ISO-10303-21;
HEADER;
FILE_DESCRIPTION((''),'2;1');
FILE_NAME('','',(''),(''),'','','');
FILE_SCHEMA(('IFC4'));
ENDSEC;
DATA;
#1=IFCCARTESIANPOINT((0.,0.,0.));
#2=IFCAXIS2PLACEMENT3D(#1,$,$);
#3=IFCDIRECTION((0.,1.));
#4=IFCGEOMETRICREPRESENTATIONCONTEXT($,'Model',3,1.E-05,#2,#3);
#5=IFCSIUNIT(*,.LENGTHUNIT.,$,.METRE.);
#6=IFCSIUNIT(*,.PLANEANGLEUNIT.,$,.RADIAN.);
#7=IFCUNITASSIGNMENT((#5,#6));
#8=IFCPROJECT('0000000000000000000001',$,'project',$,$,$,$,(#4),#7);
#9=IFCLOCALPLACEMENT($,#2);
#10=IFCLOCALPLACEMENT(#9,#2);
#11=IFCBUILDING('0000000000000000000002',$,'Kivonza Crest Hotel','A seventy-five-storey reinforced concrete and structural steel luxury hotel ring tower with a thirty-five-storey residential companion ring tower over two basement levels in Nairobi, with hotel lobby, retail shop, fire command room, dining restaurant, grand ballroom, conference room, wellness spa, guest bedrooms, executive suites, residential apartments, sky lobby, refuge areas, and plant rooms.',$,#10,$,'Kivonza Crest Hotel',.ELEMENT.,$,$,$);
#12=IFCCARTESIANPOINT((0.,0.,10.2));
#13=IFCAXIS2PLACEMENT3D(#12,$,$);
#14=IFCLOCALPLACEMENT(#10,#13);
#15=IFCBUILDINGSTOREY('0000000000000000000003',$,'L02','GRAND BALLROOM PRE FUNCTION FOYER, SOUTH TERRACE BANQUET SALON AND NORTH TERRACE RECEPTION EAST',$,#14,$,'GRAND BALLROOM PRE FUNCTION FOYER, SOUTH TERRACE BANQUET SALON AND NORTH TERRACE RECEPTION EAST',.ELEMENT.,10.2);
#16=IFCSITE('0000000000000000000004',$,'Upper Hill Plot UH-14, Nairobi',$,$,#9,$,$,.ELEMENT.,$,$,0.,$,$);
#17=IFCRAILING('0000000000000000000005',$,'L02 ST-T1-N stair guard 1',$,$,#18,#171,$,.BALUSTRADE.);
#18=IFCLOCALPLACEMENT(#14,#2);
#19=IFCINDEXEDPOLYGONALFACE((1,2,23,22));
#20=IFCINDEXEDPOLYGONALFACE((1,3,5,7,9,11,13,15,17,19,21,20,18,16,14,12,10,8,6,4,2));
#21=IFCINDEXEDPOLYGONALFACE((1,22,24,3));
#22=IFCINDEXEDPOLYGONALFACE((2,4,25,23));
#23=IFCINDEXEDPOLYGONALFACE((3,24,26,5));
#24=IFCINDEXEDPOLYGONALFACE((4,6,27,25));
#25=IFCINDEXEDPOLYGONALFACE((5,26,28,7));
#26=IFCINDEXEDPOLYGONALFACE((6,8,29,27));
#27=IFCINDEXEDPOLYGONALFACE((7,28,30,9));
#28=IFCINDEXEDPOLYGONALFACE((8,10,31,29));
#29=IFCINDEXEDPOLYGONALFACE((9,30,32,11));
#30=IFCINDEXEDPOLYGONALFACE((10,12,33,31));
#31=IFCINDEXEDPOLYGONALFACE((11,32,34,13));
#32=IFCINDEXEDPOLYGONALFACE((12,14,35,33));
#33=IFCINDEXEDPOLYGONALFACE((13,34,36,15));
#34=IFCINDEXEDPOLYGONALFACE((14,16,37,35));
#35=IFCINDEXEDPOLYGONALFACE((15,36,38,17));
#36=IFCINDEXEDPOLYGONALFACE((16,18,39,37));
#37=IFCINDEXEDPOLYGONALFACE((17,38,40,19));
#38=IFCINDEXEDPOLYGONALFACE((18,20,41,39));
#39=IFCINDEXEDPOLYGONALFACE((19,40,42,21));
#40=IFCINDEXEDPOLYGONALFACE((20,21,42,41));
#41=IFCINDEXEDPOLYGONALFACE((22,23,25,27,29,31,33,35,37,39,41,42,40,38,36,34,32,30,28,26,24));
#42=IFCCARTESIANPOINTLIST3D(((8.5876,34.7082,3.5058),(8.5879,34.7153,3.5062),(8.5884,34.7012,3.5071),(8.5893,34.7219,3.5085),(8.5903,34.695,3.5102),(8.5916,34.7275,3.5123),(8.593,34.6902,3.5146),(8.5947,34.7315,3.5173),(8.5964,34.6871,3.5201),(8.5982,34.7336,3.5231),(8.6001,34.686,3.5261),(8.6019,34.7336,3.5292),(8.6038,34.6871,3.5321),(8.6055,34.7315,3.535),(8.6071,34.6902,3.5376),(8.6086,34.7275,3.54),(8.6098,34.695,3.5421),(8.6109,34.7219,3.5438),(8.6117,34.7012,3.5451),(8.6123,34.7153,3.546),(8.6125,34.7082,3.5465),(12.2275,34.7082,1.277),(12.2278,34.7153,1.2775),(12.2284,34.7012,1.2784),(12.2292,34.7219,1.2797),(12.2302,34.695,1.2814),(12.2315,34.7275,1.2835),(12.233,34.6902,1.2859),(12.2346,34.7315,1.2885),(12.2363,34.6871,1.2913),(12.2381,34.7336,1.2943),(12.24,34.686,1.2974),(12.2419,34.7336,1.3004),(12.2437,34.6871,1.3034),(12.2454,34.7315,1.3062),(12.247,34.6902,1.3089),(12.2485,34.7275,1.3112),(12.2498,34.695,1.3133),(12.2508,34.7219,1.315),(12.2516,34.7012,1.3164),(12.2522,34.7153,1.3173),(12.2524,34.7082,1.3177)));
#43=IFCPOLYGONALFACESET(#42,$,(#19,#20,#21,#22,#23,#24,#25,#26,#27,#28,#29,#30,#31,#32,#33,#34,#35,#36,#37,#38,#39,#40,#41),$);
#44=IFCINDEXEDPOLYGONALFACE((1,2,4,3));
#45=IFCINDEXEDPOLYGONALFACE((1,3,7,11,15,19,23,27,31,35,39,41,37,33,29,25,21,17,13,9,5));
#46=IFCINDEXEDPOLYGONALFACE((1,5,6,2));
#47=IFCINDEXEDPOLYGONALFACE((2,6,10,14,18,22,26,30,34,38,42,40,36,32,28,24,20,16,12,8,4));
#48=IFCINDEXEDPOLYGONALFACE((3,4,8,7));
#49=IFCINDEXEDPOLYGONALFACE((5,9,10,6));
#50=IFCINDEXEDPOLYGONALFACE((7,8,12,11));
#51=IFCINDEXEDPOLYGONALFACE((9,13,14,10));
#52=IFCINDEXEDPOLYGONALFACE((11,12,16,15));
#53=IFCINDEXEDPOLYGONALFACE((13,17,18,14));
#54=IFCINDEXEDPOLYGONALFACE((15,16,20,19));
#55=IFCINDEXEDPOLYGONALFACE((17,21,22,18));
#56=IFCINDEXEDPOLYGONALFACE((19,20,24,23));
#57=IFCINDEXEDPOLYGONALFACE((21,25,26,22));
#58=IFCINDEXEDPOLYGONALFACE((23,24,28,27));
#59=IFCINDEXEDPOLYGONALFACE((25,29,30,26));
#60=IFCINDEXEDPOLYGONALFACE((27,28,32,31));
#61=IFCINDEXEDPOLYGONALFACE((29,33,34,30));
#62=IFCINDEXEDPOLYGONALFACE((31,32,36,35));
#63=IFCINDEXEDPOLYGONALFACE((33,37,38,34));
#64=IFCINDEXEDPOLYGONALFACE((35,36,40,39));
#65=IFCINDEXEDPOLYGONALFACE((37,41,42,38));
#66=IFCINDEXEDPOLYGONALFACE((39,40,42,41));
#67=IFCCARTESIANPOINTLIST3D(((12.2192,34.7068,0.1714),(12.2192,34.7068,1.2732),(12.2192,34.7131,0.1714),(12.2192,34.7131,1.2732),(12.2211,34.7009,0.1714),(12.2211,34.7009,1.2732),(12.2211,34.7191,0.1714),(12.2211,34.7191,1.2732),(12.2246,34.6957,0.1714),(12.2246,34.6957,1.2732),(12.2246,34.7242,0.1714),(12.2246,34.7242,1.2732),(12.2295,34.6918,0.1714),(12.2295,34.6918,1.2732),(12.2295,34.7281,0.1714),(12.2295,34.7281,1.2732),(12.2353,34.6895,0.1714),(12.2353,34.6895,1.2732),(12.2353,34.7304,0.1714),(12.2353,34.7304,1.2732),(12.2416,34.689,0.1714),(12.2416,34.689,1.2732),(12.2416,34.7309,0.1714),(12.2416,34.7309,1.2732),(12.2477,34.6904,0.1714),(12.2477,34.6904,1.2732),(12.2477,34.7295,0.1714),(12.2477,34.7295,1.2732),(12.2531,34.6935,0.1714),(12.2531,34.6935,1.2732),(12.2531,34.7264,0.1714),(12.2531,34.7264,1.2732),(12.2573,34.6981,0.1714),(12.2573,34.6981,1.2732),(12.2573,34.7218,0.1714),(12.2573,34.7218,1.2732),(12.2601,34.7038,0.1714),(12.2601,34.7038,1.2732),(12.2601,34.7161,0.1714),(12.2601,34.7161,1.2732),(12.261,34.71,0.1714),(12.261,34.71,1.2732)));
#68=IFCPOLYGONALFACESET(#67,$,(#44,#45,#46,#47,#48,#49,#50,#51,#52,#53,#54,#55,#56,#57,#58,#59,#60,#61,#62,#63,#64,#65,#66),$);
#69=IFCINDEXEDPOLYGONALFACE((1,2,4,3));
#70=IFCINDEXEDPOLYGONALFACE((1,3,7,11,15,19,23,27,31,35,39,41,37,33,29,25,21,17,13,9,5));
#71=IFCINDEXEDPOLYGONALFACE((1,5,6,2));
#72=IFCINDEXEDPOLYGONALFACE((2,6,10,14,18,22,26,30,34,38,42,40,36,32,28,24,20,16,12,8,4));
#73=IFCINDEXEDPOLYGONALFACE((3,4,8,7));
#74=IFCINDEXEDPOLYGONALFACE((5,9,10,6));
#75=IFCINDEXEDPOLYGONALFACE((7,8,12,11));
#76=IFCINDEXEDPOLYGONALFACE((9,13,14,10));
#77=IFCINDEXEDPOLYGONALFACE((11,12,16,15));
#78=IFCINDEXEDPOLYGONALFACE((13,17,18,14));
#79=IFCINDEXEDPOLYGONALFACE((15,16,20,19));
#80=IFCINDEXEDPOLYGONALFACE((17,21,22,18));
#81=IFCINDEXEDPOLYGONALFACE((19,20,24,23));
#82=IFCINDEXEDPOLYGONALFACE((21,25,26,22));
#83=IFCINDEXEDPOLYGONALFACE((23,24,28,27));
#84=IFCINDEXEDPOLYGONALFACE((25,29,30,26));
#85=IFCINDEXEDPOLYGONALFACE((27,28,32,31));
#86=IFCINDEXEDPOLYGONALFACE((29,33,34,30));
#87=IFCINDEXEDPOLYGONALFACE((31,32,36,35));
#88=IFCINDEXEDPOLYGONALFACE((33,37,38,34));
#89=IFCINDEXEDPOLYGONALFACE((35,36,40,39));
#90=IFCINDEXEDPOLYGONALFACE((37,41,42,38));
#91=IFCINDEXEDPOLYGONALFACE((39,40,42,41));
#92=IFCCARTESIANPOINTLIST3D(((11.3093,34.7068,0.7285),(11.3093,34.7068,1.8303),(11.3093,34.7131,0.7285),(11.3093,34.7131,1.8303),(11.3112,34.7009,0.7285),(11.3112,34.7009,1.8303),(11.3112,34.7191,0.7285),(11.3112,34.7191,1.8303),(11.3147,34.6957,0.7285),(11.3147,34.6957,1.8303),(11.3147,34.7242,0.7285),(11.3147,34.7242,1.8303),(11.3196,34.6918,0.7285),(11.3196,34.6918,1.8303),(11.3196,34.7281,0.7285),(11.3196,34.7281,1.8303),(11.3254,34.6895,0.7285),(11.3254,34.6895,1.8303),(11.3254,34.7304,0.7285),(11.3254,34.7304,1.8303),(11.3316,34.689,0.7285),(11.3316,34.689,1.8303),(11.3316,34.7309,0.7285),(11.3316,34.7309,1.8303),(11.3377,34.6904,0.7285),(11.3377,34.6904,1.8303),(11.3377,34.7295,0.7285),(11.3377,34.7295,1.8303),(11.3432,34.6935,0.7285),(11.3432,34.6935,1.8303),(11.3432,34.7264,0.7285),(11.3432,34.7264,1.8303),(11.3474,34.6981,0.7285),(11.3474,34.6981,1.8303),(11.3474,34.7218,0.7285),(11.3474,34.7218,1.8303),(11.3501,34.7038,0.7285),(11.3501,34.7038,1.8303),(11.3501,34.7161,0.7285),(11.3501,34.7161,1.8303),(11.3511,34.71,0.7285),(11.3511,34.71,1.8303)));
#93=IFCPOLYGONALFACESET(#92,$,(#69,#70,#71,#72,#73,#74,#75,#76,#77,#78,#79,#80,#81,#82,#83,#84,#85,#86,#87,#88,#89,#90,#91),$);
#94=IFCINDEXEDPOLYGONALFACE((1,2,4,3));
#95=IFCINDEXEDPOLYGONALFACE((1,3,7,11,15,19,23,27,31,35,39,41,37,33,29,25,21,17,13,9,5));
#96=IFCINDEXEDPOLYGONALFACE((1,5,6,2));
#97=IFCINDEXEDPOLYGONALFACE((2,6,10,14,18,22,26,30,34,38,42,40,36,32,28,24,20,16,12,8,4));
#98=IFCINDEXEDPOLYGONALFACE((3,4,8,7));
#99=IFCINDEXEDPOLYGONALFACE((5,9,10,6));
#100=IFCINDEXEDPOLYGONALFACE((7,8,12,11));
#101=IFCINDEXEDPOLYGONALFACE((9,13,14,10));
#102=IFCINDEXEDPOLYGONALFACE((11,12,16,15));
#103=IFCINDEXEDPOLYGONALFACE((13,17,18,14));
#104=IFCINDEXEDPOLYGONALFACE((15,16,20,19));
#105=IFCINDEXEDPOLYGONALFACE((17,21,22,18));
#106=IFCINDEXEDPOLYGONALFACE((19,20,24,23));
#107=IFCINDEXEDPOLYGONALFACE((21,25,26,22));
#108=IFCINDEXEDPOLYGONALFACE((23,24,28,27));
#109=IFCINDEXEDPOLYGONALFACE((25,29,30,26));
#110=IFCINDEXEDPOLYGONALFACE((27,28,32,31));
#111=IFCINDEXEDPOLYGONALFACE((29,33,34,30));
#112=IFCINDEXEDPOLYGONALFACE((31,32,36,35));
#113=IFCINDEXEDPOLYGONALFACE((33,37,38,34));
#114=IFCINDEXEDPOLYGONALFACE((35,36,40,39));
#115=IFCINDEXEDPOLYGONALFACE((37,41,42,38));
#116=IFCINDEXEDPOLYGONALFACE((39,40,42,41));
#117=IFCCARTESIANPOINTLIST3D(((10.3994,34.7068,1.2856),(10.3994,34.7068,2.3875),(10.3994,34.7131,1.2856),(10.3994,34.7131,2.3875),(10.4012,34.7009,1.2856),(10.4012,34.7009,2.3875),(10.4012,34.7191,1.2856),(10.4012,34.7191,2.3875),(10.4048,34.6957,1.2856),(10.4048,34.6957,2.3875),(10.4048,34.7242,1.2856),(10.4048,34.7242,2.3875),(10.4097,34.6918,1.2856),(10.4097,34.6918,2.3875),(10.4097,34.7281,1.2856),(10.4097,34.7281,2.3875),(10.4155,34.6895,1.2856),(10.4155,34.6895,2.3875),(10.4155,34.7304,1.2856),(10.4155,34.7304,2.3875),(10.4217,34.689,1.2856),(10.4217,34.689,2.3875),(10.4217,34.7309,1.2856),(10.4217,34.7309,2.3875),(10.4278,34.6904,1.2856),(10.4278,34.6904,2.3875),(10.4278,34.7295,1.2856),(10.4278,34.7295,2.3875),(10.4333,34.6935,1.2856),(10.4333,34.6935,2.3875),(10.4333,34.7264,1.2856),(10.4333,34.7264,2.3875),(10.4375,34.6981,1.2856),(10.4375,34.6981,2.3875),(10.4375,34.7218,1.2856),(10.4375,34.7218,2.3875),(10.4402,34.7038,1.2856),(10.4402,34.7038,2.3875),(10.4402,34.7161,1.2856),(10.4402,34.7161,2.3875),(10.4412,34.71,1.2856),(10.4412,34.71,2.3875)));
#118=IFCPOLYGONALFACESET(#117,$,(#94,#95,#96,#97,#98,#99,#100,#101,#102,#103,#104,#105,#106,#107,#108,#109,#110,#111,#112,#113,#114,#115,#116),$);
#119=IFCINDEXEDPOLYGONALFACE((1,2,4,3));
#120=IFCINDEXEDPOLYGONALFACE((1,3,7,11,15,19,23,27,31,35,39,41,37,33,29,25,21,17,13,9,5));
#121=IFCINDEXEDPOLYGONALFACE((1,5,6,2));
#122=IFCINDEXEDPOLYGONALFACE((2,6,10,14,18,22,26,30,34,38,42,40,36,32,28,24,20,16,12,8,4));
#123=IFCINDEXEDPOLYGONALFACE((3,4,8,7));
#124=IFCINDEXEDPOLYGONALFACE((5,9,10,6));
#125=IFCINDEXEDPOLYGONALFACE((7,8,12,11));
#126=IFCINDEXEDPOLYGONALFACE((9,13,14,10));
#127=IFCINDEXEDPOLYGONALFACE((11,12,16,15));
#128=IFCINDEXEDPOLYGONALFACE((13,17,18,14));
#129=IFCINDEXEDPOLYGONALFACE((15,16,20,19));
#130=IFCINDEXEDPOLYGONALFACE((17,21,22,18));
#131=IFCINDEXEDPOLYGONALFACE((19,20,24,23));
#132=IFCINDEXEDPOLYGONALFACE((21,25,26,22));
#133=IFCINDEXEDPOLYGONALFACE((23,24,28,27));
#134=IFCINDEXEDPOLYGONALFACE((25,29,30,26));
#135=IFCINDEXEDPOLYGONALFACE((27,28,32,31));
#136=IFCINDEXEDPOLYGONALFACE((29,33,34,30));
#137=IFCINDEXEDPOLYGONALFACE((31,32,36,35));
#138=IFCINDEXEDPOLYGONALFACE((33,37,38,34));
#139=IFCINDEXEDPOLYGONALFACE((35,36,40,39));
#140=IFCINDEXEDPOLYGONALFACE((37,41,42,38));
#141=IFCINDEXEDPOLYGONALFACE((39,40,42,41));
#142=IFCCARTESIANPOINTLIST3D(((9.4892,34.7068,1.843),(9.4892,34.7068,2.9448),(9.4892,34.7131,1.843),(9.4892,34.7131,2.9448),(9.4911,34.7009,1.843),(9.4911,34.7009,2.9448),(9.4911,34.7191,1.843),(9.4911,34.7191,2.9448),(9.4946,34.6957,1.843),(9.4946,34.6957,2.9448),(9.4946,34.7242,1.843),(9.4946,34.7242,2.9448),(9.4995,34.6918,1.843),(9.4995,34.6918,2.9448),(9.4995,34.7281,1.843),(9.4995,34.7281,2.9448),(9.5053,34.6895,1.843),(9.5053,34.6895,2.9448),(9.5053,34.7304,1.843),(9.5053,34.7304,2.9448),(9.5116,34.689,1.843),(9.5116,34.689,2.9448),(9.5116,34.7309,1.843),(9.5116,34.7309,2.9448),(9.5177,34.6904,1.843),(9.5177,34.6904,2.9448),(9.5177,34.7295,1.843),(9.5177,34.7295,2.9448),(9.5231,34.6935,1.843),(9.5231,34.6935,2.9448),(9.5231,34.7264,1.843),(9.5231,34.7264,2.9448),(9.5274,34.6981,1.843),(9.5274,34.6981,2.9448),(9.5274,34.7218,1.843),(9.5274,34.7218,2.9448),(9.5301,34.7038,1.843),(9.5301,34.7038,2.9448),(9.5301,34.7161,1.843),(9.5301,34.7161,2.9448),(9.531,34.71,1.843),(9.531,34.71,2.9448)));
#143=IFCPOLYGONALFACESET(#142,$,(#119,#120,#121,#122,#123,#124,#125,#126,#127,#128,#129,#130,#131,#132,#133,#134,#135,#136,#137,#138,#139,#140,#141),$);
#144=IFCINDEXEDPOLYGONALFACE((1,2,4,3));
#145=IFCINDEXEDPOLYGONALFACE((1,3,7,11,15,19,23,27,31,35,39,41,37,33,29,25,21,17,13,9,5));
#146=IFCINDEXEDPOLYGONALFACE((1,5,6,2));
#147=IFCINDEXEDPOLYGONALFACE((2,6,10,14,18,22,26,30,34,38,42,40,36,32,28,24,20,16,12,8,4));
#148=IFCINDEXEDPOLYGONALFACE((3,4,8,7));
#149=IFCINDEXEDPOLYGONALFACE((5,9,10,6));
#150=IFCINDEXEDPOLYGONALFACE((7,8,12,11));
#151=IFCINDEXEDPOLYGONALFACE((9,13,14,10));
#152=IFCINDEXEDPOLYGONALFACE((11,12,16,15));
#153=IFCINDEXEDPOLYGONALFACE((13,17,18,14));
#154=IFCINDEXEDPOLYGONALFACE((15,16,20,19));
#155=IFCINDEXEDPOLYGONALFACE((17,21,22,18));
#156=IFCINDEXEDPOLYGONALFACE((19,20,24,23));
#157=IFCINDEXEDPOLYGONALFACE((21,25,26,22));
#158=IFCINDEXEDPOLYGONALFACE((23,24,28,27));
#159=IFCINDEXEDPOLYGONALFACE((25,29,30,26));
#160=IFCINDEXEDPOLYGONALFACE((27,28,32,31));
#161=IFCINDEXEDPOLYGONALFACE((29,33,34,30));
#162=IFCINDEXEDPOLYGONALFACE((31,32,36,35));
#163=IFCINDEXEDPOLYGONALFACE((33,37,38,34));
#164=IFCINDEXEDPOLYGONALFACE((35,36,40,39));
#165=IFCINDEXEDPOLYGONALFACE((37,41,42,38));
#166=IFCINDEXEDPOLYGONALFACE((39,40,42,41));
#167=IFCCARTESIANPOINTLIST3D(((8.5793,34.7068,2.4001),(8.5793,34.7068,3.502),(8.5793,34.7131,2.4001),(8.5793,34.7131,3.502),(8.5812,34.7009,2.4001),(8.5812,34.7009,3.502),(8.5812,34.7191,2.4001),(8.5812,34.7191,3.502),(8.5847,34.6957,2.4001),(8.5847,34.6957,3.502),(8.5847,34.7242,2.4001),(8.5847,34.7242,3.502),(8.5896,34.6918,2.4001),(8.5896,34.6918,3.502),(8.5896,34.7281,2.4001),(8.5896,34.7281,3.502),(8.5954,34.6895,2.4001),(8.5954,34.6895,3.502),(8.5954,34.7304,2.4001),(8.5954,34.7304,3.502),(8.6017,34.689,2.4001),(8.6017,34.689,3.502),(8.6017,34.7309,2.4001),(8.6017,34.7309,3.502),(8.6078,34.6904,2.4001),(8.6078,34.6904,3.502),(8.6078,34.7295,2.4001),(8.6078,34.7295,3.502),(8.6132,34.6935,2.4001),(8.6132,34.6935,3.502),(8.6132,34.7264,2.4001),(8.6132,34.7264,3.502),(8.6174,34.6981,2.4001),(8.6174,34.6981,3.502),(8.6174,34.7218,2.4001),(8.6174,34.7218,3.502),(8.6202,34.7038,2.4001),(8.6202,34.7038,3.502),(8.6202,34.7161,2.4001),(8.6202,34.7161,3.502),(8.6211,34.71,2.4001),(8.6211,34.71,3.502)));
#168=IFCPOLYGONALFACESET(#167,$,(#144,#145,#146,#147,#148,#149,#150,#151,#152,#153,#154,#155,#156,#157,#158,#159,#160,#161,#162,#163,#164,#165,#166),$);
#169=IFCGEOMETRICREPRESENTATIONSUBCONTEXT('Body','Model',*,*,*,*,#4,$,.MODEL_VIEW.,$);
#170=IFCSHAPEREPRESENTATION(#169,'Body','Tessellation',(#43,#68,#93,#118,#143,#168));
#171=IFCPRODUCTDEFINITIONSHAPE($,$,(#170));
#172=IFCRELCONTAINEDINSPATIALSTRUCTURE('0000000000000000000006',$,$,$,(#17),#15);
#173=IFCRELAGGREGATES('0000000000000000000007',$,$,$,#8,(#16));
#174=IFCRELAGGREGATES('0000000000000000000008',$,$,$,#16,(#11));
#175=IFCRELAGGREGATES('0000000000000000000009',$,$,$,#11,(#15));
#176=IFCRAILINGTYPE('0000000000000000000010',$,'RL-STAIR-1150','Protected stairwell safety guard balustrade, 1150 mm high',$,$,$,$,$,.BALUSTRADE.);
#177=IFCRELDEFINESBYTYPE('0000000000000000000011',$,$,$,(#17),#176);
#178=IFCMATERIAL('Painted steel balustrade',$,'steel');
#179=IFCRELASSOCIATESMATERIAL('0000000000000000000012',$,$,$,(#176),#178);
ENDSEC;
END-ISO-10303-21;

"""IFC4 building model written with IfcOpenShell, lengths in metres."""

from ifc_helpers import new_model, si_unit, direction, frame, origin, origin_2d, place, context, subcontext, project, spatial, circle, extrude, material, type_object, element, save


model = new_model("IFC4")

# Units and contexts
model_context = context("Model", 3, precision=1e-05, world=origin(), true_north=direction((0.0, 1.0)))
body_context = subcontext(model_context, "Body", "Model", "MODEL_VIEW")
ifc_project = project(units=[si_unit("LENGTHUNIT", "METRE"), si_unit("PLANEANGLEUNIT", "RADIAN")], contexts=[model_context])

# Site, building, storey
site_placement = place(None, origin())
site = spatial("IfcSite", under=ifc_project, at=site_placement, Name="Upper Hill Plot UH-14, Nairobi", CompositionType="ELEMENT", RefElevation=0.0)
building_placement = place(site_placement, origin())
building = spatial("IfcBuilding", under=site, at=building_placement, Name="Kivonza Crest Hotel", Description="A seventy-five-storey reinforced concrete and structural steel luxury hotel ring tower with a thirty-five-storey residential companion ring tower over two basement levels in Nairobi, with hotel lobby, retail shop, fire command room, dining restaurant, grand ballroom, conference room, wellness spa, guest bedrooms, executive suites, residential apartments, sky lobby, refuge areas, and plant rooms.", LongName="Kivonza Crest Hotel", CompositionType="ELEMENT")
storey_placement = place(building_placement, frame((0.0, 0.0, 10.2)))
storey = spatial("IfcBuildingStorey", under=building, at=storey_placement, Name="L02", Description="GRAND BALLROOM PRE FUNCTION FOYER, SOUTH TERRACE BANQUET SALON AND NORTH TERRACE RECEPTION EAST", LongName="GRAND BALLROOM PRE FUNCTION FOYER, SOUTH TERRACE BANQUET SALON AND NORTH TERRACE RECEPTION EAST", CompositionType="ELEMENT", Elevation=10.2)

# Railing
ifc_material_1 = material(Name="Painted steel balustrade", Category="steel")
railing_type_1 = type_object("IfcRailingType", Name="RL-STAIR-1150", Description="Protected stairwell safety guard balustrade, 1150 mm high", PredefinedType="BALUSTRADE", material=ifc_material_1)
railing_1_placement = place(storey_placement, frame((12.24, 34.71, 0.1714)))
element("IfcRailing", 1, at=railing_1_placement, inside=storey, type_object=railing_type_1, Name="L02 ST-T1-N stair guard 1", PredefinedType="BALUSTRADE", context=body_context, shape_type="SweptSolid", body=[
    extrude(circle(Radius=0.0239, at=origin_2d()), frame((0.0, 0.0, 1.126), z_axis=(-0.852825, 0.0, 0.522197), x_axis=(0.0, -1.0, 0.0)), (0.0, 0.0, 1.0), 4.2681),
    extrude(circle(Radius=0.021, at=origin_2d()), origin(), (0.0, 0.0, 1.0), 1.1018),
    extrude(circle(Radius=0.021, at=origin_2d()), frame((-0.9099, 0.0, 0.5571)), (0.0, 0.0, 1.0), 1.1018),
    extrude(circle(Radius=0.021, at=origin_2d()), frame((-1.8198, 0.0, 1.1143)), (0.0, 0.0, 1.0), 1.1018),
    extrude(circle(Radius=0.021, at=origin_2d()), frame((-2.73, 0.0, 1.6716)), (0.0, 0.0, 1.0), 1.1018),
    extrude(circle(Radius=0.021, at=origin_2d()), frame((-3.6399, 0.0, 2.2288)), (0.0, 0.0, 1.0), 1.1018),
])

save(model, "model.ifc")
